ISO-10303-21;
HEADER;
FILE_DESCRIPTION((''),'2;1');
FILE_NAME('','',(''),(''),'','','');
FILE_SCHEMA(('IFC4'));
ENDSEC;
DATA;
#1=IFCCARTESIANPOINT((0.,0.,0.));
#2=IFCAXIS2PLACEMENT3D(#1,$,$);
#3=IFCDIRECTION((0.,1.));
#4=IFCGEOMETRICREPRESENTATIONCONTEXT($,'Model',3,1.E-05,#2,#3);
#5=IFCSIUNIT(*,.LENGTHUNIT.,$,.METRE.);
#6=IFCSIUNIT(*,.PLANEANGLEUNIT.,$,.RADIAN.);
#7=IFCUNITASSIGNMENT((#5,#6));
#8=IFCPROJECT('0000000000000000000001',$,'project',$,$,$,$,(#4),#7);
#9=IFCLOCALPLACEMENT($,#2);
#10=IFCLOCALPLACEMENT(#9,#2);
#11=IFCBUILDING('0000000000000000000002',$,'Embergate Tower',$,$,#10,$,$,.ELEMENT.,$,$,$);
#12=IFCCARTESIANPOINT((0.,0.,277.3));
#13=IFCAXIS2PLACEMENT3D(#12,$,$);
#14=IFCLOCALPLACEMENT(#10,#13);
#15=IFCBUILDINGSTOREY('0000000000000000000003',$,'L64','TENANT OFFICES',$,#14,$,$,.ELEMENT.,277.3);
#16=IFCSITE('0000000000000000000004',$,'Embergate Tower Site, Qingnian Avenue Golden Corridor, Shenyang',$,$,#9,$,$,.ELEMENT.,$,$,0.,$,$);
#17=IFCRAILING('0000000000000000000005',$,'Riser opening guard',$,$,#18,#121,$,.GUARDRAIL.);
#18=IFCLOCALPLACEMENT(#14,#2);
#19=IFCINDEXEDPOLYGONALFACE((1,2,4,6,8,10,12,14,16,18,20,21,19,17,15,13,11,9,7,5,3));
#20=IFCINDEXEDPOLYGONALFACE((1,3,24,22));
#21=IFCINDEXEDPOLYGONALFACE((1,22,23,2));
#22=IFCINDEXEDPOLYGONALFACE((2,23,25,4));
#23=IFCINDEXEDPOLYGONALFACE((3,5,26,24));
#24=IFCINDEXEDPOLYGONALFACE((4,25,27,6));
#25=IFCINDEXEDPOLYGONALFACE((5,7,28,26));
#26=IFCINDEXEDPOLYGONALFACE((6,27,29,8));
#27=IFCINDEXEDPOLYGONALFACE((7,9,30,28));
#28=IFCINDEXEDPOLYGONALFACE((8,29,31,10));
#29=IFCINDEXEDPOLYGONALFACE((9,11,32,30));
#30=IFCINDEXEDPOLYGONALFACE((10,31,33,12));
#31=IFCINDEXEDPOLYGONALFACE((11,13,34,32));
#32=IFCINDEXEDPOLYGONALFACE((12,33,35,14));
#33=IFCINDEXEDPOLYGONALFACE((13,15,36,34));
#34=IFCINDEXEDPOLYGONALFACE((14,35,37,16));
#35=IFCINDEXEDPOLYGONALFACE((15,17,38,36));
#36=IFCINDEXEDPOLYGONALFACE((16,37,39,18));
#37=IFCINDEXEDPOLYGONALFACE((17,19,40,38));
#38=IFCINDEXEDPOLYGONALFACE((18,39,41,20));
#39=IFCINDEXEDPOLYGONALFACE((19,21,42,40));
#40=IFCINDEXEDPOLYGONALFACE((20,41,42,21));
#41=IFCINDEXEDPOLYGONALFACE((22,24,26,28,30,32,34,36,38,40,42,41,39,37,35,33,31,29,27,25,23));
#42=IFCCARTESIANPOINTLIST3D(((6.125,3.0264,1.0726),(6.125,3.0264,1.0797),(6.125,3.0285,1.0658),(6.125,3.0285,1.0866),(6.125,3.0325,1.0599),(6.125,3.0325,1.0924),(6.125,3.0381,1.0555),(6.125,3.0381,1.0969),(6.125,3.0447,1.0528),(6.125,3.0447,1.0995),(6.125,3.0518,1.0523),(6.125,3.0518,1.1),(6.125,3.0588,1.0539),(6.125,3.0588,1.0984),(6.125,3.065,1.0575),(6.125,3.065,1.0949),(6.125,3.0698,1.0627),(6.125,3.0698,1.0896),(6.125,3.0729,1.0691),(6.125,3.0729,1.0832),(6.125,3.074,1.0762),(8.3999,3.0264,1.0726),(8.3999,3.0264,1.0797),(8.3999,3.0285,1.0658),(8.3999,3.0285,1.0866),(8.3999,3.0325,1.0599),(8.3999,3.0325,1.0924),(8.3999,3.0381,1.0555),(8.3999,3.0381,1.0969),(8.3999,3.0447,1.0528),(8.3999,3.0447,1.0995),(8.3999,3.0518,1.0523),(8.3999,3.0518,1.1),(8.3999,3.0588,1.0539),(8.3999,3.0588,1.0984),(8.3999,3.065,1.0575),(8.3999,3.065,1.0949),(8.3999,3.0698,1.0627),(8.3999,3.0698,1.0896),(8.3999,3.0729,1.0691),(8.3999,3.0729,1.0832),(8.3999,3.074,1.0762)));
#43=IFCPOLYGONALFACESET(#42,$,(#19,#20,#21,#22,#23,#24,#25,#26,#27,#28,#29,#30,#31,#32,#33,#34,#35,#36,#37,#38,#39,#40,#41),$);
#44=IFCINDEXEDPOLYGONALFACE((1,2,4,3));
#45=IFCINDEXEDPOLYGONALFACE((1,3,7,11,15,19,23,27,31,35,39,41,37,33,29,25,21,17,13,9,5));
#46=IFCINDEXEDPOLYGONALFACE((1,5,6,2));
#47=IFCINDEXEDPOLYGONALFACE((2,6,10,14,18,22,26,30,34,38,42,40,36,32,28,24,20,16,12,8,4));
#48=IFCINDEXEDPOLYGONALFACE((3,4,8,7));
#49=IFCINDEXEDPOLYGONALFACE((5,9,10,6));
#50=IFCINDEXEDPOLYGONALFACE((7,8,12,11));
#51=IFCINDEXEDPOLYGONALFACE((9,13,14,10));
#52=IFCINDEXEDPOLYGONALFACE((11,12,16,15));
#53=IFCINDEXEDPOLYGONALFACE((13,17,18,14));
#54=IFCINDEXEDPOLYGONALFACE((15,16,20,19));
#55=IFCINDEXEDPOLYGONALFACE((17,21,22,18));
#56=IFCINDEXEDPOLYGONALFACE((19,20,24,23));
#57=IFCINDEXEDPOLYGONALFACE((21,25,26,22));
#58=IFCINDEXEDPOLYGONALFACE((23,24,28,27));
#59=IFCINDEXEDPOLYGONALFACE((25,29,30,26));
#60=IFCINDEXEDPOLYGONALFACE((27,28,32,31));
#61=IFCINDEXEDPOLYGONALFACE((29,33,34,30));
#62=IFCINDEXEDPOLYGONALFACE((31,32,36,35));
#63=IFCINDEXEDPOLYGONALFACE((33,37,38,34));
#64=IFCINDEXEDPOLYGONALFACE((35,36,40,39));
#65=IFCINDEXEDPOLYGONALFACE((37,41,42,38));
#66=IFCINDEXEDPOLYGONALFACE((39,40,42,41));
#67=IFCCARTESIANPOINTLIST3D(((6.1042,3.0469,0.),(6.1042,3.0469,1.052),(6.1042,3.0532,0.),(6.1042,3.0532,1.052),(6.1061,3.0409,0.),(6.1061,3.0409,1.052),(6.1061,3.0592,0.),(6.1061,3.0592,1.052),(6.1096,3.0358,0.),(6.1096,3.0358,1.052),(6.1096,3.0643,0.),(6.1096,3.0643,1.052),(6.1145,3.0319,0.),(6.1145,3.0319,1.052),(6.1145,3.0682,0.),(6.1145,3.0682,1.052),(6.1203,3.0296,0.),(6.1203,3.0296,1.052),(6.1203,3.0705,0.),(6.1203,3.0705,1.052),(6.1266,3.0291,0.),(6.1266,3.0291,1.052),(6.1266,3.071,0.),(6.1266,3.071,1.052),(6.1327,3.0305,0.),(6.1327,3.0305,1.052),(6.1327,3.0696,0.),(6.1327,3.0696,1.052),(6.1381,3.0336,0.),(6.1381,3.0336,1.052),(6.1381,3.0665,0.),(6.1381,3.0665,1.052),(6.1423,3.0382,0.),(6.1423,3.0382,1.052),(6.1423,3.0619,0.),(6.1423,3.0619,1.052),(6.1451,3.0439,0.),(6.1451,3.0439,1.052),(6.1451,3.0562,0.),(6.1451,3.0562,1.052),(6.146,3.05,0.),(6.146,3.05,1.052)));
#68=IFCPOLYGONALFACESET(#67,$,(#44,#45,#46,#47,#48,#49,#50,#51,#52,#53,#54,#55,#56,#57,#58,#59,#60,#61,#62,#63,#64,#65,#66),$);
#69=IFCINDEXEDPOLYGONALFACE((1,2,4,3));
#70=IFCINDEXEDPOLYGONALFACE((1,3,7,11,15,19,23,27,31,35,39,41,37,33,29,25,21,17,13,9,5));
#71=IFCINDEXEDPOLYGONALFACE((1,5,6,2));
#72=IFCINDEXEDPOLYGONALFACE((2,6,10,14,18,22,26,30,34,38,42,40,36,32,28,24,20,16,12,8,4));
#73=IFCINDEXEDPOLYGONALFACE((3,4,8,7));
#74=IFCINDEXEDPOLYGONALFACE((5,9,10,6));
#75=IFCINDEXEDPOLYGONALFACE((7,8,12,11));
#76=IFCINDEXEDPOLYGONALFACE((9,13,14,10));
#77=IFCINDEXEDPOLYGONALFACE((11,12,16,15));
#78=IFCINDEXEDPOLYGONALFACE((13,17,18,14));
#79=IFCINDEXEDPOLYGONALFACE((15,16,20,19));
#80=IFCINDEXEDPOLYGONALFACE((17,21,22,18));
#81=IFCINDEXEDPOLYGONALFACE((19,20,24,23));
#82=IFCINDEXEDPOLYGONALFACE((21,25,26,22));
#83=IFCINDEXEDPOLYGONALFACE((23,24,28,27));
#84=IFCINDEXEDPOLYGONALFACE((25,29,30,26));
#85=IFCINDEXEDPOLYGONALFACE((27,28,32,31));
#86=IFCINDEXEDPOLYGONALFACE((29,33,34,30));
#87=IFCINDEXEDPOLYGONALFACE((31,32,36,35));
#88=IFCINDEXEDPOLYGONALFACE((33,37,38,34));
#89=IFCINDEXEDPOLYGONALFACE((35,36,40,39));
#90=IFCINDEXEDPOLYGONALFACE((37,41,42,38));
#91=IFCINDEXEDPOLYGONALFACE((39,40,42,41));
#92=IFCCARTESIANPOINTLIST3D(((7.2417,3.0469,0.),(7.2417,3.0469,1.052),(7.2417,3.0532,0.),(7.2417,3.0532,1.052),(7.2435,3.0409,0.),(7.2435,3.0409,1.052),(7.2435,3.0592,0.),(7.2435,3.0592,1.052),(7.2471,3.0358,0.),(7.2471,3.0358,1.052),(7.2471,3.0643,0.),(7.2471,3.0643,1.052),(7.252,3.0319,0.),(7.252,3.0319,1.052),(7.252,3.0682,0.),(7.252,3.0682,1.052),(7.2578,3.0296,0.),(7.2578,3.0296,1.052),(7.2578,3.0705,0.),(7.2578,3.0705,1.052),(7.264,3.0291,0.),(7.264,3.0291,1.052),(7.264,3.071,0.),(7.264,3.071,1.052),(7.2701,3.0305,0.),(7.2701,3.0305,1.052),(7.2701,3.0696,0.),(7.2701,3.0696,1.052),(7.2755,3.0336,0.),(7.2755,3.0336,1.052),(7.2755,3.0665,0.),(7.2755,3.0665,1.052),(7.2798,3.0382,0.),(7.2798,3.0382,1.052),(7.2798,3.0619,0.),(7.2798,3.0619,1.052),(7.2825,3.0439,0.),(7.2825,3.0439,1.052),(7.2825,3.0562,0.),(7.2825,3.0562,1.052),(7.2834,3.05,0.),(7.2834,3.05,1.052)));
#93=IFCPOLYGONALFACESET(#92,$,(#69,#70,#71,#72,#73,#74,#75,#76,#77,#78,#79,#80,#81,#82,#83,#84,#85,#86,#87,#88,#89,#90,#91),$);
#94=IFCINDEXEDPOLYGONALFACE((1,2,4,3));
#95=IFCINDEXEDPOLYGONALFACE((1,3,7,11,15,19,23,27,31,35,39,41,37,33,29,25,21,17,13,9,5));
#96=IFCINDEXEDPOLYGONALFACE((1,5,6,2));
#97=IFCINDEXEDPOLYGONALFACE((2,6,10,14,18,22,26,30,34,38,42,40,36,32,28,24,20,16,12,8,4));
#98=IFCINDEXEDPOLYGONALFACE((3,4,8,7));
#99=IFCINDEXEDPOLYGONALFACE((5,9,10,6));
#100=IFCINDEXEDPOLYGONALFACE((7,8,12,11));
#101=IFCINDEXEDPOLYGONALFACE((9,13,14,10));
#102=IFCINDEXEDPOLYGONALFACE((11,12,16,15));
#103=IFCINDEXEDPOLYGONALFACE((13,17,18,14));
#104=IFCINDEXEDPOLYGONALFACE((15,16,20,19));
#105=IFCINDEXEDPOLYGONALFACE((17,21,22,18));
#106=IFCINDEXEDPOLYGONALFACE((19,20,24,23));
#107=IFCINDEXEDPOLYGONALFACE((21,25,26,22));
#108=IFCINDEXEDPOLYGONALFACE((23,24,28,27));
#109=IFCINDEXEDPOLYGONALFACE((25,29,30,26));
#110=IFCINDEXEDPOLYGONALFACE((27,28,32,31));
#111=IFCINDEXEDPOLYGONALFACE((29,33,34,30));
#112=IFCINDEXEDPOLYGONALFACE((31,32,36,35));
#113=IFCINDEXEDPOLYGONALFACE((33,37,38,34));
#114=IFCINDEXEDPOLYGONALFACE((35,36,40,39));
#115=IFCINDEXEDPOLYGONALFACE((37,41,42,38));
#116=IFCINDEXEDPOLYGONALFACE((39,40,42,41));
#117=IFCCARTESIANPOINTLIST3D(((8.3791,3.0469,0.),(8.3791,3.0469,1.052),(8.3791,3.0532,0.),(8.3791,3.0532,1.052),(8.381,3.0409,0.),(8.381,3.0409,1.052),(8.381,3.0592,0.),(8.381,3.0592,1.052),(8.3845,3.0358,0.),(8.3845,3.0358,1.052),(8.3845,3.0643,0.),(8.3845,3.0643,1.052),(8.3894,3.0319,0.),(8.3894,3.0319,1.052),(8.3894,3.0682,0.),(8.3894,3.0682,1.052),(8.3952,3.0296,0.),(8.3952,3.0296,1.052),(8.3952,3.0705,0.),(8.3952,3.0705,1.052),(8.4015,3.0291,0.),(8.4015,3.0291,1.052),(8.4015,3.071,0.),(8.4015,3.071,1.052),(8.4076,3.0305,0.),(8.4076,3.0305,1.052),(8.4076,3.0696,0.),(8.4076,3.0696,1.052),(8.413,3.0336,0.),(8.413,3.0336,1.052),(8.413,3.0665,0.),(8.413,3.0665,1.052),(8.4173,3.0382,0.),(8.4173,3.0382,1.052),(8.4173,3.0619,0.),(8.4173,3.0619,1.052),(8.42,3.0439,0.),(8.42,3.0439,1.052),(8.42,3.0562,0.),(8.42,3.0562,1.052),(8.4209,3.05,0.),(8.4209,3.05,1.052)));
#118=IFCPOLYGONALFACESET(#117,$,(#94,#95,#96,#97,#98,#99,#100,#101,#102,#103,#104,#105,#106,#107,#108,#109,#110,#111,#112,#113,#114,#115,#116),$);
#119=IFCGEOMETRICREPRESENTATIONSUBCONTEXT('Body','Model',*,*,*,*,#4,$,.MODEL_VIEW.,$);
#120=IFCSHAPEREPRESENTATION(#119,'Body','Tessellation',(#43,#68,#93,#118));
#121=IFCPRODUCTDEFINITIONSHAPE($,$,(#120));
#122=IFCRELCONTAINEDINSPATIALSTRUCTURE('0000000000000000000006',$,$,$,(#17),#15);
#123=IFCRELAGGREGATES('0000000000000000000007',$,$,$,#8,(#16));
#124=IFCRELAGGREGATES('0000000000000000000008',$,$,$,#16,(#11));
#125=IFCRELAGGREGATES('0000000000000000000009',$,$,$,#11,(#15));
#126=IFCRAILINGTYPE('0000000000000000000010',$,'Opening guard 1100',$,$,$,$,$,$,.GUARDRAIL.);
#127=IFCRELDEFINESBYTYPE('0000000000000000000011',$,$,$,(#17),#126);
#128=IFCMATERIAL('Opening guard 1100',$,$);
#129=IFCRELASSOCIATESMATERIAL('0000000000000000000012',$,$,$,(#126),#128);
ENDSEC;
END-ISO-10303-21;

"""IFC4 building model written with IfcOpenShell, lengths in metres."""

from ifc_helpers import new_model, si_unit, direction, frame, origin, origin_2d, place, context, subcontext, project, spatial, circle, extrude, source, transform, mapped, material, type_object, element, save


model = new_model("IFC4")

# Units and contexts
model_context = context("Model", 3, precision=1e-05, world=origin(), true_north=direction((0.0, 1.0)))
body_context = subcontext(model_context, "Body", "Model", "MODEL_VIEW")
ifc_project = project(units=[si_unit("LENGTHUNIT", "METRE"), si_unit("PLANEANGLEUNIT", "RADIAN")], contexts=[model_context])

# Site, building, storey
site_placement = place(None, origin())
site = spatial("IfcSite", under=ifc_project, at=site_placement, Name="Embergate Tower Site, Qingnian Avenue Golden Corridor, Shenyang", CompositionType="ELEMENT", RefElevation=0.0)
building_placement = place(site_placement, origin())
building = spatial("IfcBuilding", under=site, at=building_placement, Name="Embergate Tower", CompositionType="ELEMENT")
storey_placement = place(building_placement, frame((0.0, 0.0, 277.3)))
storey = spatial("IfcBuildingStorey", under=building, at=storey_placement, Name="L64", Description="TENANT OFFICES", CompositionType="ELEMENT", Elevation=277.3)

# Railing
ifc_material_1 = material(Name="Opening guard 1100")
railing_type_1 = type_object("IfcRailingType", Name="Opening guard 1100", PredefinedType="GUARDRAIL", material=ifc_material_1)
shared_shape_1 = source(origin(), body_context, "Body", "SweptSolid", [
    extrude(circle(Radius=0.0239, at=origin_2d()), frame((0.0, 0.0, 1.0762), z_axis=(1.0, 0.0, 0.0), x_axis=(0.0, 1.0, 0.0)), (0.0, 0.0, 1.0), 2.2749),
    extrude(circle(Radius=0.021, at=origin_2d()), origin(), (0.0, 0.0, 1.0), 1.052),
    extrude(circle(Radius=0.021, at=origin_2d()), frame((1.1375, 0.0, 0.0)), (0.0, 0.0, 1.0), 1.052),
    extrude(circle(Radius=0.021, at=origin_2d()), frame((2.2749, 0.0, 0.0)), (0.0, 0.0, 1.0), 1.052),
])
railing_1_placement = place(storey_placement, frame((6.125, 3.05, 0.0)))
element("IfcRailing", 1, at=railing_1_placement, inside=storey, type_object=railing_type_1, Name="Riser opening guard", PredefinedType="GUARDRAIL", context=body_context, shape_type="MappedRepresentation", body=[
    mapped(shared_shape_1, transform((0.0, 0.0, 0.0))),
])

save(model, "model.ifc")
